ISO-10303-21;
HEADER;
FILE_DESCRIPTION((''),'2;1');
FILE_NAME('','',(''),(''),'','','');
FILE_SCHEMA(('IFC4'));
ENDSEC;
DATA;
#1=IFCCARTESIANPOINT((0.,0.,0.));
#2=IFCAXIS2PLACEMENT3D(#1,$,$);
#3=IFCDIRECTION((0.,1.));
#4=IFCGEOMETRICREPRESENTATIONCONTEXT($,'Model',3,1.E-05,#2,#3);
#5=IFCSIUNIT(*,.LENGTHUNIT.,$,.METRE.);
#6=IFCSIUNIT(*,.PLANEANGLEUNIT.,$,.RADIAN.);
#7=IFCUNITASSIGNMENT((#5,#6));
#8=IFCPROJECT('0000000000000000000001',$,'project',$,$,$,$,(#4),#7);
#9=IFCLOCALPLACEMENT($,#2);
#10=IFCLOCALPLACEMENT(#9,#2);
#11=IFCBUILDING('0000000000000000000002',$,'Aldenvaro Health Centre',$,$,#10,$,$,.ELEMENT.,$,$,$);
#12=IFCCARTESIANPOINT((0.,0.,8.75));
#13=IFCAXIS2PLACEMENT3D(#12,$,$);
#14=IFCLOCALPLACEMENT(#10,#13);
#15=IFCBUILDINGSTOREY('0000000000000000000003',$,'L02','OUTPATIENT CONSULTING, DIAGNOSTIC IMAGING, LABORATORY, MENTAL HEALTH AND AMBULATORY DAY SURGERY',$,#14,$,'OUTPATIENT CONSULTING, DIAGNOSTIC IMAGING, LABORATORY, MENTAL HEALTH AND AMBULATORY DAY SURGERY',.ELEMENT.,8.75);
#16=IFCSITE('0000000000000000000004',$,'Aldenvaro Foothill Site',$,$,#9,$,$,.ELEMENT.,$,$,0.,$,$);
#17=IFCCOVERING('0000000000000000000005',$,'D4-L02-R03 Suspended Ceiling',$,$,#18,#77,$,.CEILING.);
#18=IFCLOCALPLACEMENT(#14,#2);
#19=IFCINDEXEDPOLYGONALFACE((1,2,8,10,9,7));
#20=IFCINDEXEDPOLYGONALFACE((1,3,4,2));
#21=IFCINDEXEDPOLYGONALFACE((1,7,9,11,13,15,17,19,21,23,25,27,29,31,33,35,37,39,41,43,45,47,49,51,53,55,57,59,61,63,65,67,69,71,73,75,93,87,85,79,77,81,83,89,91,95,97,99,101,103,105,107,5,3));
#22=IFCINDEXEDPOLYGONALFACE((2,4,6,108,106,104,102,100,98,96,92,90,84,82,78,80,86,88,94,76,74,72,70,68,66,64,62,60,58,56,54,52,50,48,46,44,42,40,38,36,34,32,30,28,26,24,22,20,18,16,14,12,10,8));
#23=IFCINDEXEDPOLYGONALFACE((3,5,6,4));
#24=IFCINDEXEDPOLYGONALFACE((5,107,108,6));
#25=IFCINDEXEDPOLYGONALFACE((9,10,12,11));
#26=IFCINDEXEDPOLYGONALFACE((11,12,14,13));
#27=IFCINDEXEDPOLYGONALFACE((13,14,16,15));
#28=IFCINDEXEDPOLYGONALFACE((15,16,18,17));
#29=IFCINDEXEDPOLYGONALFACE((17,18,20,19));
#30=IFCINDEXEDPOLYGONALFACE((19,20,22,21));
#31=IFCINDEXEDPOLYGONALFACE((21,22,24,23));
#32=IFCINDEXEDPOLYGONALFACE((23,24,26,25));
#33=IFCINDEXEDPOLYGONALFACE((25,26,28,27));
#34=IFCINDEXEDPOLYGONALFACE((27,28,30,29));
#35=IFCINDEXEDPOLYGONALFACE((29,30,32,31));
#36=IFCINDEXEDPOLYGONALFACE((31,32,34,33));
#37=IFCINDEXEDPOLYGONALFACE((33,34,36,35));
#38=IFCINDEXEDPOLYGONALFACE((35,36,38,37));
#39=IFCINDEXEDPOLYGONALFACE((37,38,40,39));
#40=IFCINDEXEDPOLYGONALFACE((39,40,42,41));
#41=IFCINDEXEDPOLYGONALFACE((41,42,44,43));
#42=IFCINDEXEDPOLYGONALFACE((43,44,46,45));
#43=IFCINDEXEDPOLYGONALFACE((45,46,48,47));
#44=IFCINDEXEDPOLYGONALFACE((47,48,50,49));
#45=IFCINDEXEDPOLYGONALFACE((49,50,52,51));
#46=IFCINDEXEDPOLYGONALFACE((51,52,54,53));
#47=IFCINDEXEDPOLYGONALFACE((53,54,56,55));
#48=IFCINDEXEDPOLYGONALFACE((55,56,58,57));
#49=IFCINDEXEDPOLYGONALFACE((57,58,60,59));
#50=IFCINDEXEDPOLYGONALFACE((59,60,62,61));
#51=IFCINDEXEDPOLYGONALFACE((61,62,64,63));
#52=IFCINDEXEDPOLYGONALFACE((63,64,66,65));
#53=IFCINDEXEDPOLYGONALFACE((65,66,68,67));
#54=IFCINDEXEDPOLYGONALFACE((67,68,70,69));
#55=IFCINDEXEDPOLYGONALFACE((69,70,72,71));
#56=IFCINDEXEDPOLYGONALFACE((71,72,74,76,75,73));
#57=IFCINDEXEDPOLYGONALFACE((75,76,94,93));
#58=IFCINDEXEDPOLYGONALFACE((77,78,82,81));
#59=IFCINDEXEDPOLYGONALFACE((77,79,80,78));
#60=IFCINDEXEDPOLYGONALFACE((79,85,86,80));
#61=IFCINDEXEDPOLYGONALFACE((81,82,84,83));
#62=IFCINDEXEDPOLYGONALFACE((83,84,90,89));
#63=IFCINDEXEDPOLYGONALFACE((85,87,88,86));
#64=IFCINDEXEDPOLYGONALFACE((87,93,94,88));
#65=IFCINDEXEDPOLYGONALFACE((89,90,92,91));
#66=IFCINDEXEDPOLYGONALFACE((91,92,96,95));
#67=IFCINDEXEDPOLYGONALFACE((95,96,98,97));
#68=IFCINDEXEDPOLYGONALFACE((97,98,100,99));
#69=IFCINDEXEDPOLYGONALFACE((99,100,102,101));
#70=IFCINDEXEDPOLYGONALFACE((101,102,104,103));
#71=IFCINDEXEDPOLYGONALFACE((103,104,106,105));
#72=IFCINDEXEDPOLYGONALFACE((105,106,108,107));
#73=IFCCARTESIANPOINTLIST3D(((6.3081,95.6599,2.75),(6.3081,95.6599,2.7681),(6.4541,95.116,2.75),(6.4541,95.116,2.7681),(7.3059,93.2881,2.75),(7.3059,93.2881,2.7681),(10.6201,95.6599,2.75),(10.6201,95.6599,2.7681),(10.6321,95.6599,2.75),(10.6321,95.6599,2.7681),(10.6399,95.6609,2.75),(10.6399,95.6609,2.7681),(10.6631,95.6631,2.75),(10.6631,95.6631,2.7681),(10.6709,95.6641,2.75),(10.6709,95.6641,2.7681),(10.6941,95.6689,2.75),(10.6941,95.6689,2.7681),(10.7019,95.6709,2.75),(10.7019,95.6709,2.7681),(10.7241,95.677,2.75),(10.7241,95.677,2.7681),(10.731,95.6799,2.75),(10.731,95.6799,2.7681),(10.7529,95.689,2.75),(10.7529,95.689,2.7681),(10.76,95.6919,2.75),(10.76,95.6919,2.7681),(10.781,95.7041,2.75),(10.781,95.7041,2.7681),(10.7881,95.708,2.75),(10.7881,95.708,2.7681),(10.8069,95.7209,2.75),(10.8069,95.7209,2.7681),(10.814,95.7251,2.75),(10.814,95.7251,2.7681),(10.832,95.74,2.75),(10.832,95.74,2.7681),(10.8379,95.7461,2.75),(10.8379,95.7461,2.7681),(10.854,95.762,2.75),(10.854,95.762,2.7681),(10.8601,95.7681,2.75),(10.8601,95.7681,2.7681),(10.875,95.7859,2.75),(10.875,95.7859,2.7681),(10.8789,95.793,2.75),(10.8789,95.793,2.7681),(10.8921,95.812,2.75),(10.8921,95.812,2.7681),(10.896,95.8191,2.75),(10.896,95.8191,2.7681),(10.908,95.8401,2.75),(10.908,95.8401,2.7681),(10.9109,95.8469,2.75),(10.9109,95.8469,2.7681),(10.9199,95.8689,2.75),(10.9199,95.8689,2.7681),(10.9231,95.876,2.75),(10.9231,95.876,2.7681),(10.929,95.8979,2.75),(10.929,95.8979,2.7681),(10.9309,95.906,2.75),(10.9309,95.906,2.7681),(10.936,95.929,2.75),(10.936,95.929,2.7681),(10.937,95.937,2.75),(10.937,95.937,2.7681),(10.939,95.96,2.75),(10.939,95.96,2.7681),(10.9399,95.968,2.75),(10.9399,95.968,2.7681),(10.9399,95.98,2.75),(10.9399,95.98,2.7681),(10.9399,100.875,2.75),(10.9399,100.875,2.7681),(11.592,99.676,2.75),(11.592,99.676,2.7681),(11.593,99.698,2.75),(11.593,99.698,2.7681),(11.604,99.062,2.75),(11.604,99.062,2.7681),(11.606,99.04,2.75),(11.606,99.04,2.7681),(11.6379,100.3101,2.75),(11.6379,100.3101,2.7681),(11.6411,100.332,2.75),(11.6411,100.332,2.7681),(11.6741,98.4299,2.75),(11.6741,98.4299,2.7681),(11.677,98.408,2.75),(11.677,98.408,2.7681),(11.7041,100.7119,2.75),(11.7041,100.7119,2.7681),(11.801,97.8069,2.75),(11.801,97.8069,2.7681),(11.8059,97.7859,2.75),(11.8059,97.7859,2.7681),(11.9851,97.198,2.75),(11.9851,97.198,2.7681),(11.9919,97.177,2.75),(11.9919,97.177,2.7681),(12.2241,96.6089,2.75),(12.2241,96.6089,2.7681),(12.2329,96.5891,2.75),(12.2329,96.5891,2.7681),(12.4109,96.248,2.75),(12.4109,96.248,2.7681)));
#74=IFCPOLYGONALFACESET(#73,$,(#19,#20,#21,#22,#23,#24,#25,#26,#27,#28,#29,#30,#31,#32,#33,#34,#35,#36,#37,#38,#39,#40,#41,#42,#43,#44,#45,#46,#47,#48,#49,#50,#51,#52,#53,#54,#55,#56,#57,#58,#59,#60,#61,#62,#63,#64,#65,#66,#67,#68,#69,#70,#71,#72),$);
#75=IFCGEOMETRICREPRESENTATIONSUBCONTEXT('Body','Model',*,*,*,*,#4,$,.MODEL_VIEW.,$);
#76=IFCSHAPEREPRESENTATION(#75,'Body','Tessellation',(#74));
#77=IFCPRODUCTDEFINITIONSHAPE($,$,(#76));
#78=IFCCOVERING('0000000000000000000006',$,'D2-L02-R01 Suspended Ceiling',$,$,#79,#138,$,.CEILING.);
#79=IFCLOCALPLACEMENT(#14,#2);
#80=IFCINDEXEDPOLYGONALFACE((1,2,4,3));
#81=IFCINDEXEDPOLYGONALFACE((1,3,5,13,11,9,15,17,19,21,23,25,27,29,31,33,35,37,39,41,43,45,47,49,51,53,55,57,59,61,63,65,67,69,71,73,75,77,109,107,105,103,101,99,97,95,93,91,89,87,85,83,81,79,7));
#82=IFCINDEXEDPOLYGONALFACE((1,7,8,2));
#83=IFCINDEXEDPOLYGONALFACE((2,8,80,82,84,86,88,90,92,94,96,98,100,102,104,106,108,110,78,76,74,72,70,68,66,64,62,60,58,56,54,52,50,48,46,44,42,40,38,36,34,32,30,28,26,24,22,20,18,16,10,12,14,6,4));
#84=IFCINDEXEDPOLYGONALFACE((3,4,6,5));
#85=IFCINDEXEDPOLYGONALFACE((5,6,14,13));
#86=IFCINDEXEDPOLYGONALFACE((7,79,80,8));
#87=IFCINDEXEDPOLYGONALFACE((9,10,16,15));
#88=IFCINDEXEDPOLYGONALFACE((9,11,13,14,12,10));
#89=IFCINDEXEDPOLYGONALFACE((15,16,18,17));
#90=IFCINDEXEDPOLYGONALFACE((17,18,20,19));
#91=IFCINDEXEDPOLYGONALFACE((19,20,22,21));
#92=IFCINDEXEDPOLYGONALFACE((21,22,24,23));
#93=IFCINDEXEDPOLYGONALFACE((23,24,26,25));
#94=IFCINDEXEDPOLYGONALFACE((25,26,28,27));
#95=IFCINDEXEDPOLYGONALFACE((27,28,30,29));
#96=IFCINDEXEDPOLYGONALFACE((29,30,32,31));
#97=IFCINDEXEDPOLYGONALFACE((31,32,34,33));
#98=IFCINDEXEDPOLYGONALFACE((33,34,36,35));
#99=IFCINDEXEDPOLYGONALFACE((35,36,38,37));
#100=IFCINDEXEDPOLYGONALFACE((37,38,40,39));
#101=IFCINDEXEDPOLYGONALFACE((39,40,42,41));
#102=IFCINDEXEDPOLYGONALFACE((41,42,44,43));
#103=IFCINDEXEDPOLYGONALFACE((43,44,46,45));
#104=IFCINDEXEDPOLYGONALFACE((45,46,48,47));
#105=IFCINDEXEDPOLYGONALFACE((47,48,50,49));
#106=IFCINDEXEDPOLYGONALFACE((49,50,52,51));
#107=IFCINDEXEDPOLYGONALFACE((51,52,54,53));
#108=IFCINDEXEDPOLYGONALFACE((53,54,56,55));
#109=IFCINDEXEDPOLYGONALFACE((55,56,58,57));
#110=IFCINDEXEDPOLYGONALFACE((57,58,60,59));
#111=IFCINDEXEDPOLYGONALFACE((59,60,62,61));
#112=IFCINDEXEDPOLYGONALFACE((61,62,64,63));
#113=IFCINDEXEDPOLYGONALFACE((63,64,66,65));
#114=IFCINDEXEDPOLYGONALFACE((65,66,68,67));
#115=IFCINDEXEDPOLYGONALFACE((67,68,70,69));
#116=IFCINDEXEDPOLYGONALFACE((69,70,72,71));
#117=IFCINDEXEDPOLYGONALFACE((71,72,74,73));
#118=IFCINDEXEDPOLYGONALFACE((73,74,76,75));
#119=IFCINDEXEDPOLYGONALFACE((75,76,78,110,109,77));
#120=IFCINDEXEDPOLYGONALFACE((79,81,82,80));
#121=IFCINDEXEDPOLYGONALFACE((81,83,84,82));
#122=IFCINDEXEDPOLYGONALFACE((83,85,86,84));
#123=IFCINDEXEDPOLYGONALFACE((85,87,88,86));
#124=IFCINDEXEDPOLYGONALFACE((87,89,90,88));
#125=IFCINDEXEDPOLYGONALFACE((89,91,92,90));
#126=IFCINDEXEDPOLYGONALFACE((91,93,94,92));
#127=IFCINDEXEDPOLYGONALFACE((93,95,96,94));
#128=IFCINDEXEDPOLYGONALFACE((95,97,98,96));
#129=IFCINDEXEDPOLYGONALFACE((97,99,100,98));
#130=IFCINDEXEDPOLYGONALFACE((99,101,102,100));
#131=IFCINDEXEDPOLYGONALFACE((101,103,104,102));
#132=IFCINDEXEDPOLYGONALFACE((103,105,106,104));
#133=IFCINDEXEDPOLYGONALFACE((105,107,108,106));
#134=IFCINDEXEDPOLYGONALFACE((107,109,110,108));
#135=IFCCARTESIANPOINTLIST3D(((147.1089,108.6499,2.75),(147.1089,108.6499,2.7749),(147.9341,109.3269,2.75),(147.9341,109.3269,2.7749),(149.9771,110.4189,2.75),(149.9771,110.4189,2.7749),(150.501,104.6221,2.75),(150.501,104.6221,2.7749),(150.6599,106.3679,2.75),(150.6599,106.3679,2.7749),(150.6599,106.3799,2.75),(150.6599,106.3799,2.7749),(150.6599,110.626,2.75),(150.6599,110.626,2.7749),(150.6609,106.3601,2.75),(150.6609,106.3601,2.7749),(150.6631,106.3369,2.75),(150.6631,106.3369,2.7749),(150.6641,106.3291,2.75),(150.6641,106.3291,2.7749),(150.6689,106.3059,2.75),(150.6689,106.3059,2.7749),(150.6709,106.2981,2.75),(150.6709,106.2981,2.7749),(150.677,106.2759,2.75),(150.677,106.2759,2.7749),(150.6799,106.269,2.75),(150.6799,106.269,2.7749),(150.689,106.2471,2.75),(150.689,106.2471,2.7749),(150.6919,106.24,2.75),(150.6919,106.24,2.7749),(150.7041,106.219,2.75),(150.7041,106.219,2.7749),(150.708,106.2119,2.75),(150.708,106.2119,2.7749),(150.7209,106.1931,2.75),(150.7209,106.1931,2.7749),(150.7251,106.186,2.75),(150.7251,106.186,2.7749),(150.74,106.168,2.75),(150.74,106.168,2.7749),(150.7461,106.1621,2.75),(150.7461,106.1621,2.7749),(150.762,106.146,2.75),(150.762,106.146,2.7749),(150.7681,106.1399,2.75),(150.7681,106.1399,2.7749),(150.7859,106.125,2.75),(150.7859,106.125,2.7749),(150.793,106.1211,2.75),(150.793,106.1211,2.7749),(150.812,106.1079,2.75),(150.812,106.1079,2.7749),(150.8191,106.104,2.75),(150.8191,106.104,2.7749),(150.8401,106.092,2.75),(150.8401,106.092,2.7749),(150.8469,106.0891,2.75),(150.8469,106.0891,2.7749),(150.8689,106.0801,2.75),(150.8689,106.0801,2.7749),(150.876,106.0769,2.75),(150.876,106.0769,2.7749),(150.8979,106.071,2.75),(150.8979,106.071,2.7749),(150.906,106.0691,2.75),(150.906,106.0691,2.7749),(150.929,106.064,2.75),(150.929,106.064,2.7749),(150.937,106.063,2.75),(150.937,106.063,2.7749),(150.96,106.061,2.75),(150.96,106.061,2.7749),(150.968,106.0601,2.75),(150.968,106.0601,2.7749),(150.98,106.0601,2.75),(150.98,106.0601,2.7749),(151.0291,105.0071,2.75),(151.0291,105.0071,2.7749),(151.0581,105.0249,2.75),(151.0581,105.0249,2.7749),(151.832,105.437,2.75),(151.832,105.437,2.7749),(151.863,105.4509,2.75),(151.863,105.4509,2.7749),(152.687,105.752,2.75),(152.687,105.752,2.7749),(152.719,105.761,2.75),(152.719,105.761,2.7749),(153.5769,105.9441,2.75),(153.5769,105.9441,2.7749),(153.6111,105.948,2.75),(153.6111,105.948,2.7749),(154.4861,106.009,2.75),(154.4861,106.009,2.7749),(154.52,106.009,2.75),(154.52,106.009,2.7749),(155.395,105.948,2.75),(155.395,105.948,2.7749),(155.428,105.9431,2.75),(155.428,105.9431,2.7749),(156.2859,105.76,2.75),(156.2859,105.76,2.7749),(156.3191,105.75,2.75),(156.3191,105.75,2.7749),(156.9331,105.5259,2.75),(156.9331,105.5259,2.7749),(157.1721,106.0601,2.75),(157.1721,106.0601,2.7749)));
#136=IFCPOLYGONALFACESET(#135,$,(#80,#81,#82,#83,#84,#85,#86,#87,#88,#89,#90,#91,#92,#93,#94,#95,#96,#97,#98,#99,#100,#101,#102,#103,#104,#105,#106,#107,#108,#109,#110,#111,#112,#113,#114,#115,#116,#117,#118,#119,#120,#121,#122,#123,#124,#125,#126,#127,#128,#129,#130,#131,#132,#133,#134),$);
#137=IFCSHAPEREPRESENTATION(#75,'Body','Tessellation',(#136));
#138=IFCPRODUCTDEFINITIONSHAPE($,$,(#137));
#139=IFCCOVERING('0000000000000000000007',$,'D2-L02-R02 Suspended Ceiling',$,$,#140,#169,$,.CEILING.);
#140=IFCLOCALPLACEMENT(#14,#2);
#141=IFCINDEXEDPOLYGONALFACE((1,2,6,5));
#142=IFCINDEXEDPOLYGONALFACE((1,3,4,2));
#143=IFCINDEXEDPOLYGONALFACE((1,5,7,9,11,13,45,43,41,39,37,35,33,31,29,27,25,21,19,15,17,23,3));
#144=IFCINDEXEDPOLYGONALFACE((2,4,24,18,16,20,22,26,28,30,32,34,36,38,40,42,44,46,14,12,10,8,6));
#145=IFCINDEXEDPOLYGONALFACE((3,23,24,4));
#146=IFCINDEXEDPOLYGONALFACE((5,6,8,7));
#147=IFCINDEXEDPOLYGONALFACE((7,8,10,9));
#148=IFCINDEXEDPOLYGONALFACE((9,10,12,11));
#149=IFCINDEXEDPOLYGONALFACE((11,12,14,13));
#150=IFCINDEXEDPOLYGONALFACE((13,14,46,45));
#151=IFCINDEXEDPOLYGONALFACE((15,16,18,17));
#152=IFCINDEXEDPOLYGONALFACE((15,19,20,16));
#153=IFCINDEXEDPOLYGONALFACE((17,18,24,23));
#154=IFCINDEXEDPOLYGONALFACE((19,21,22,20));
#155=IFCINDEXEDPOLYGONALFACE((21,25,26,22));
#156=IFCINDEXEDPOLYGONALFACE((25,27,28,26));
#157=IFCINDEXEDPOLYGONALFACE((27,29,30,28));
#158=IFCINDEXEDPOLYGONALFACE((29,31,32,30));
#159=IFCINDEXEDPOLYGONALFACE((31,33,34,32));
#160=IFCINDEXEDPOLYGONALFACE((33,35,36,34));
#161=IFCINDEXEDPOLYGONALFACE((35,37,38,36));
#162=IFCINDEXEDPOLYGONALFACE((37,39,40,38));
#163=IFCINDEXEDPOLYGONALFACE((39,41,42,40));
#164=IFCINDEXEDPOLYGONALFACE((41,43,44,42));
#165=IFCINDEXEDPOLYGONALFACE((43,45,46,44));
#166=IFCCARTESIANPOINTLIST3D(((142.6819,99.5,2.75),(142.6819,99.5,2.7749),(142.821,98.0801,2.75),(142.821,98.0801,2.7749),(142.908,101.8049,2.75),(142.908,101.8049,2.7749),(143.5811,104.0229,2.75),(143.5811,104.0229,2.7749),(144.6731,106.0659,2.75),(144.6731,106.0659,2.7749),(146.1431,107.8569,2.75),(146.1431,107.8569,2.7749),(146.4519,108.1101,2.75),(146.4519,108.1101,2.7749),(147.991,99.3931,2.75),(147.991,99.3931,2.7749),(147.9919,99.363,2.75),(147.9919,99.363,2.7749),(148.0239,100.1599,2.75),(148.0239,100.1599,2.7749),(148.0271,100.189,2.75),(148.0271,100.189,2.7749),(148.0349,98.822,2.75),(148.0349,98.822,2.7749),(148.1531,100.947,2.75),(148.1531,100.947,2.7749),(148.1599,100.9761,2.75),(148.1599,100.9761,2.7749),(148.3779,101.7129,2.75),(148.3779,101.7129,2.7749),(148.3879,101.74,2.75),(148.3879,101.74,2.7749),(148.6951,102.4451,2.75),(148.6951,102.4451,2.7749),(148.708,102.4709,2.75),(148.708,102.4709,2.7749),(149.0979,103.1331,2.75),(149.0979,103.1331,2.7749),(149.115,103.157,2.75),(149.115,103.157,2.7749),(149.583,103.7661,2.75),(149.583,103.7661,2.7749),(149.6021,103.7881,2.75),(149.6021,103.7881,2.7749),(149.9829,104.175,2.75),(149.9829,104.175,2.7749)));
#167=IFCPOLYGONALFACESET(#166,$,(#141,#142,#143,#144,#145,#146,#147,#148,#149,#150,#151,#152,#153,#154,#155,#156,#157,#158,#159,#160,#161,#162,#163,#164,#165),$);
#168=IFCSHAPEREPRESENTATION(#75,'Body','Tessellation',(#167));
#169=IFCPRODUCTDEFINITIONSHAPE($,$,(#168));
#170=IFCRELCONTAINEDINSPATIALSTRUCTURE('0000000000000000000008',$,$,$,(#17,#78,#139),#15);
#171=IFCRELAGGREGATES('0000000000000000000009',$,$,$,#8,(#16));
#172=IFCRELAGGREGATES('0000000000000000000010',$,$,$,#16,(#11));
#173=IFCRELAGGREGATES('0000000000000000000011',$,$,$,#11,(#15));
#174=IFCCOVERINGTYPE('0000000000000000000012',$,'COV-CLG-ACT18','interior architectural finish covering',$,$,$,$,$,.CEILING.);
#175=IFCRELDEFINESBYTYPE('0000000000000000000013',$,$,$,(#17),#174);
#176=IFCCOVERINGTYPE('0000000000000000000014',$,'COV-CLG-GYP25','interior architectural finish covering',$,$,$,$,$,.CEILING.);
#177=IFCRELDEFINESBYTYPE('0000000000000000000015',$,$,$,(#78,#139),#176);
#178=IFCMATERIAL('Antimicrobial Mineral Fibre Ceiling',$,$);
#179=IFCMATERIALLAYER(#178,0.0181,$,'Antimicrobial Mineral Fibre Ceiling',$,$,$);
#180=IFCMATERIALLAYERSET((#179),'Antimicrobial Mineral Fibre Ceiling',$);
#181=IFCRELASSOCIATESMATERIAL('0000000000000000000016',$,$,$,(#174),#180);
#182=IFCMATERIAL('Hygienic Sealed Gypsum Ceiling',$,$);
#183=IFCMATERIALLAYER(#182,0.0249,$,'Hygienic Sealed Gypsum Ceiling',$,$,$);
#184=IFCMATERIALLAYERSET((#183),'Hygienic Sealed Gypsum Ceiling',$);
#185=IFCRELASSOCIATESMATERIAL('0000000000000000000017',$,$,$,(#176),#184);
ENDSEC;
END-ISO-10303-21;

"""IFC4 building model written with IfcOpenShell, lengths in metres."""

from ifc_helpers import new_model, si_unit, direction, frame, origin, place, context, subcontext, project, spatial, polyline, outline, extrude, material, layer, layer_set, type_object, element, save


model = new_model("IFC4")

# Units and contexts
model_context = context("Model", 3, precision=1e-05, world=origin(), true_north=direction((0.0, 1.0)))
body_context = subcontext(model_context, "Body", "Model", "MODEL_VIEW")
ifc_project = project(units=[si_unit("LENGTHUNIT", "METRE"), si_unit("PLANEANGLEUNIT", "RADIAN")], contexts=[model_context])

# Site, building, storey
site_placement = place(None, origin())
site = spatial("IfcSite", under=ifc_project, at=site_placement, Name="Aldenvaro Foothill Site", CompositionType="ELEMENT", RefElevation=0.0)
building_placement = place(site_placement, origin())
building = spatial("IfcBuilding", under=site, at=building_placement, Name="Aldenvaro Health Centre", CompositionType="ELEMENT")
storey_placement = place(building_placement, frame((0.0, 0.0, 8.75)))
storey = spatial("IfcBuildingStorey", under=building, at=storey_placement, Name="L02", Description="OUTPATIENT CONSULTING, DIAGNOSTIC IMAGING, LABORATORY, MENTAL HEALTH AND AMBULATORY DAY SURGERY", LongName="OUTPATIENT CONSULTING, DIAGNOSTIC IMAGING, LABORATORY, MENTAL HEALTH AND AMBULATORY DAY SURGERY", CompositionType="ELEMENT", Elevation=8.75)

# Coverings
ifc_material_1 = material(Name="Antimicrobial Mineral Fibre Ceiling")
ifc_layer_1 = layer(ifc_material_1, 0.0181, Name="Antimicrobial Mineral Fibre Ceiling")
ifc_layer_set_1 = layer_set([ifc_layer_1], Name="Antimicrobial Mineral Fibre Ceiling")
covering_type_1 = type_object("IfcCoveringType", Name="COV-CLG-ACT18", Description="interior architectural finish covering", PredefinedType="CEILING", material=ifc_layer_set_1)
covering_1_placement = place(storey_placement, frame((0.0, 0.0, 2.75)))
element("IfcCovering", 1, at=covering_1_placement, inside=storey, type_object=covering_type_1, Name="D4-L02-R03 Suspended Ceiling", PredefinedType="CEILING", context=body_context, shape_type="SweptSolid", body=[
    extrude(outline(polyline([(7.3059, 93.2881), (6.4541, 95.116), (6.3081, 95.6599), (10.6201, 95.6599), (10.6321, 95.6599), (10.6399, 95.6609), (10.6631, 95.6631), (10.6709, 95.6641), (10.6941, 95.6689), (10.7019, 95.6709), (10.7241, 95.677), (10.731, 95.6799), (10.7529, 95.689), (10.76, 95.6919), (10.781, 95.7041), (10.7881, 95.708), (10.8069, 95.7209), (10.814, 95.7251), (10.832, 95.74), (10.8379, 95.7461), (10.854, 95.762), (10.8601, 95.7681), (10.875, 95.7859), (10.8789, 95.793), (10.8921, 95.812), (10.896, 95.8191), (10.908, 95.8401), (10.9109, 95.8469), (10.9199, 95.8689), (10.9231, 95.876), (10.929, 95.8979), (10.9309, 95.906), (10.936, 95.929), (10.937, 95.937), (10.939, 95.96), (10.9399, 95.968), (10.9399, 95.98), (10.9399, 100.875), (11.7041, 100.7119), (11.6411, 100.332), (11.6379, 100.3101), (11.593, 99.698), (11.592, 99.676), (11.604, 99.062), (11.606, 99.04), (11.6741, 98.4299), (11.677, 98.408), (11.801, 97.8069), (11.8059, 97.7859), (11.9851, 97.198), (11.9919, 97.177), (12.2241, 96.6089), (12.2329, 96.5891), (12.4109, 96.248), (7.3059, 93.2881)])), origin(), (0.0, 0.0, 1.0), 0.0181),
])
ifc_material_2 = material(Name="Hygienic Sealed Gypsum Ceiling")
ifc_layer_2 = layer(ifc_material_2, 0.0249, Name="Hygienic Sealed Gypsum Ceiling")
ifc_layer_set_2 = layer_set([ifc_layer_2], Name="Hygienic Sealed Gypsum Ceiling")
covering_type_2 = type_object("IfcCoveringType", Name="COV-CLG-GYP25", Description="interior architectural finish covering", PredefinedType="CEILING", material=ifc_layer_set_2)
covering_2_placement = place(storey_placement, frame((0.0, 0.0, 2.75)))
element("IfcCovering", 2, at=covering_2_placement, inside=storey, type_object=covering_type_2, Name="D2-L02-R01 Suspended Ceiling", PredefinedType="CEILING", context=body_context, shape_type="SweptSolid", body=[
    extrude(outline(polyline([(156.3191, 105.75), (156.2859, 105.76), (155.428, 105.9431), (155.395, 105.948), (154.52, 106.009), (154.4861, 106.009), (153.6111, 105.948), (153.5769, 105.9441), (152.719, 105.761), (152.687, 105.752), (151.863, 105.4509), (151.832, 105.437), (151.0581, 105.0249), (151.0291, 105.0071), (150.501, 104.6221), (147.1089, 108.6499), (147.9341, 109.3269), (149.9771, 110.4189), (150.6599, 110.626), (150.6599, 106.3799), (150.6599, 106.3679), (150.6609, 106.3601), (150.6631, 106.3369), (150.6641, 106.3291), (150.6689, 106.3059), (150.6709, 106.2981), (150.677, 106.2759), (150.6799, 106.269), (150.689, 106.2471), (150.6919, 106.24), (150.7041, 106.219), (150.708, 106.2119), (150.7209, 106.1931), (150.7251, 106.186), (150.74, 106.168), (150.7461, 106.1621), (150.762, 106.146), (150.7681, 106.1399), (150.7859, 106.125), (150.793, 106.1211), (150.812, 106.1079), (150.8191, 106.104), (150.8401, 106.092), (150.8469, 106.0891), (150.8689, 106.0801), (150.876, 106.0769), (150.8979, 106.071), (150.906, 106.0691), (150.929, 106.064), (150.937, 106.063), (150.96, 106.061), (150.968, 106.0601), (150.98, 106.0601), (157.1721, 106.0601), (156.9331, 105.5259), (156.3191, 105.75)])), origin(), (0.0, 0.0, 1.0), 0.0249),
])
covering_3_placement = place(storey_placement, frame((0.0, 0.0, 2.75)))
element("IfcCovering", 3, at=covering_3_placement, inside=storey, type_object=covering_type_2, Name="D2-L02-R02 Suspended Ceiling", PredefinedType="CEILING", context=body_context, shape_type="SweptSolid", body=[
    extrude(outline(polyline([(149.6021, 103.7881), (149.583, 103.7661), (149.115, 103.157), (149.0979, 103.1331), (148.708, 102.4709), (148.6951, 102.4451), (148.3879, 101.74), (148.3779, 101.7129), (148.1599, 100.9761), (148.1531, 100.947), (148.0271, 100.189), (148.0239, 100.1599), (147.991, 99.3931), (147.9919, 99.363), (148.0349, 98.822), (142.821, 98.0801), (142.6819, 99.5), (142.908, 101.8049), (143.5811, 104.0229), (144.6731, 106.0659), (146.1431, 107.8569), (146.4519, 108.1101), (149.9829, 104.175), (149.6021, 103.7881)])), origin(), (0.0, 0.0, 1.0), 0.0249),
])

save(model, "model.ifc")
